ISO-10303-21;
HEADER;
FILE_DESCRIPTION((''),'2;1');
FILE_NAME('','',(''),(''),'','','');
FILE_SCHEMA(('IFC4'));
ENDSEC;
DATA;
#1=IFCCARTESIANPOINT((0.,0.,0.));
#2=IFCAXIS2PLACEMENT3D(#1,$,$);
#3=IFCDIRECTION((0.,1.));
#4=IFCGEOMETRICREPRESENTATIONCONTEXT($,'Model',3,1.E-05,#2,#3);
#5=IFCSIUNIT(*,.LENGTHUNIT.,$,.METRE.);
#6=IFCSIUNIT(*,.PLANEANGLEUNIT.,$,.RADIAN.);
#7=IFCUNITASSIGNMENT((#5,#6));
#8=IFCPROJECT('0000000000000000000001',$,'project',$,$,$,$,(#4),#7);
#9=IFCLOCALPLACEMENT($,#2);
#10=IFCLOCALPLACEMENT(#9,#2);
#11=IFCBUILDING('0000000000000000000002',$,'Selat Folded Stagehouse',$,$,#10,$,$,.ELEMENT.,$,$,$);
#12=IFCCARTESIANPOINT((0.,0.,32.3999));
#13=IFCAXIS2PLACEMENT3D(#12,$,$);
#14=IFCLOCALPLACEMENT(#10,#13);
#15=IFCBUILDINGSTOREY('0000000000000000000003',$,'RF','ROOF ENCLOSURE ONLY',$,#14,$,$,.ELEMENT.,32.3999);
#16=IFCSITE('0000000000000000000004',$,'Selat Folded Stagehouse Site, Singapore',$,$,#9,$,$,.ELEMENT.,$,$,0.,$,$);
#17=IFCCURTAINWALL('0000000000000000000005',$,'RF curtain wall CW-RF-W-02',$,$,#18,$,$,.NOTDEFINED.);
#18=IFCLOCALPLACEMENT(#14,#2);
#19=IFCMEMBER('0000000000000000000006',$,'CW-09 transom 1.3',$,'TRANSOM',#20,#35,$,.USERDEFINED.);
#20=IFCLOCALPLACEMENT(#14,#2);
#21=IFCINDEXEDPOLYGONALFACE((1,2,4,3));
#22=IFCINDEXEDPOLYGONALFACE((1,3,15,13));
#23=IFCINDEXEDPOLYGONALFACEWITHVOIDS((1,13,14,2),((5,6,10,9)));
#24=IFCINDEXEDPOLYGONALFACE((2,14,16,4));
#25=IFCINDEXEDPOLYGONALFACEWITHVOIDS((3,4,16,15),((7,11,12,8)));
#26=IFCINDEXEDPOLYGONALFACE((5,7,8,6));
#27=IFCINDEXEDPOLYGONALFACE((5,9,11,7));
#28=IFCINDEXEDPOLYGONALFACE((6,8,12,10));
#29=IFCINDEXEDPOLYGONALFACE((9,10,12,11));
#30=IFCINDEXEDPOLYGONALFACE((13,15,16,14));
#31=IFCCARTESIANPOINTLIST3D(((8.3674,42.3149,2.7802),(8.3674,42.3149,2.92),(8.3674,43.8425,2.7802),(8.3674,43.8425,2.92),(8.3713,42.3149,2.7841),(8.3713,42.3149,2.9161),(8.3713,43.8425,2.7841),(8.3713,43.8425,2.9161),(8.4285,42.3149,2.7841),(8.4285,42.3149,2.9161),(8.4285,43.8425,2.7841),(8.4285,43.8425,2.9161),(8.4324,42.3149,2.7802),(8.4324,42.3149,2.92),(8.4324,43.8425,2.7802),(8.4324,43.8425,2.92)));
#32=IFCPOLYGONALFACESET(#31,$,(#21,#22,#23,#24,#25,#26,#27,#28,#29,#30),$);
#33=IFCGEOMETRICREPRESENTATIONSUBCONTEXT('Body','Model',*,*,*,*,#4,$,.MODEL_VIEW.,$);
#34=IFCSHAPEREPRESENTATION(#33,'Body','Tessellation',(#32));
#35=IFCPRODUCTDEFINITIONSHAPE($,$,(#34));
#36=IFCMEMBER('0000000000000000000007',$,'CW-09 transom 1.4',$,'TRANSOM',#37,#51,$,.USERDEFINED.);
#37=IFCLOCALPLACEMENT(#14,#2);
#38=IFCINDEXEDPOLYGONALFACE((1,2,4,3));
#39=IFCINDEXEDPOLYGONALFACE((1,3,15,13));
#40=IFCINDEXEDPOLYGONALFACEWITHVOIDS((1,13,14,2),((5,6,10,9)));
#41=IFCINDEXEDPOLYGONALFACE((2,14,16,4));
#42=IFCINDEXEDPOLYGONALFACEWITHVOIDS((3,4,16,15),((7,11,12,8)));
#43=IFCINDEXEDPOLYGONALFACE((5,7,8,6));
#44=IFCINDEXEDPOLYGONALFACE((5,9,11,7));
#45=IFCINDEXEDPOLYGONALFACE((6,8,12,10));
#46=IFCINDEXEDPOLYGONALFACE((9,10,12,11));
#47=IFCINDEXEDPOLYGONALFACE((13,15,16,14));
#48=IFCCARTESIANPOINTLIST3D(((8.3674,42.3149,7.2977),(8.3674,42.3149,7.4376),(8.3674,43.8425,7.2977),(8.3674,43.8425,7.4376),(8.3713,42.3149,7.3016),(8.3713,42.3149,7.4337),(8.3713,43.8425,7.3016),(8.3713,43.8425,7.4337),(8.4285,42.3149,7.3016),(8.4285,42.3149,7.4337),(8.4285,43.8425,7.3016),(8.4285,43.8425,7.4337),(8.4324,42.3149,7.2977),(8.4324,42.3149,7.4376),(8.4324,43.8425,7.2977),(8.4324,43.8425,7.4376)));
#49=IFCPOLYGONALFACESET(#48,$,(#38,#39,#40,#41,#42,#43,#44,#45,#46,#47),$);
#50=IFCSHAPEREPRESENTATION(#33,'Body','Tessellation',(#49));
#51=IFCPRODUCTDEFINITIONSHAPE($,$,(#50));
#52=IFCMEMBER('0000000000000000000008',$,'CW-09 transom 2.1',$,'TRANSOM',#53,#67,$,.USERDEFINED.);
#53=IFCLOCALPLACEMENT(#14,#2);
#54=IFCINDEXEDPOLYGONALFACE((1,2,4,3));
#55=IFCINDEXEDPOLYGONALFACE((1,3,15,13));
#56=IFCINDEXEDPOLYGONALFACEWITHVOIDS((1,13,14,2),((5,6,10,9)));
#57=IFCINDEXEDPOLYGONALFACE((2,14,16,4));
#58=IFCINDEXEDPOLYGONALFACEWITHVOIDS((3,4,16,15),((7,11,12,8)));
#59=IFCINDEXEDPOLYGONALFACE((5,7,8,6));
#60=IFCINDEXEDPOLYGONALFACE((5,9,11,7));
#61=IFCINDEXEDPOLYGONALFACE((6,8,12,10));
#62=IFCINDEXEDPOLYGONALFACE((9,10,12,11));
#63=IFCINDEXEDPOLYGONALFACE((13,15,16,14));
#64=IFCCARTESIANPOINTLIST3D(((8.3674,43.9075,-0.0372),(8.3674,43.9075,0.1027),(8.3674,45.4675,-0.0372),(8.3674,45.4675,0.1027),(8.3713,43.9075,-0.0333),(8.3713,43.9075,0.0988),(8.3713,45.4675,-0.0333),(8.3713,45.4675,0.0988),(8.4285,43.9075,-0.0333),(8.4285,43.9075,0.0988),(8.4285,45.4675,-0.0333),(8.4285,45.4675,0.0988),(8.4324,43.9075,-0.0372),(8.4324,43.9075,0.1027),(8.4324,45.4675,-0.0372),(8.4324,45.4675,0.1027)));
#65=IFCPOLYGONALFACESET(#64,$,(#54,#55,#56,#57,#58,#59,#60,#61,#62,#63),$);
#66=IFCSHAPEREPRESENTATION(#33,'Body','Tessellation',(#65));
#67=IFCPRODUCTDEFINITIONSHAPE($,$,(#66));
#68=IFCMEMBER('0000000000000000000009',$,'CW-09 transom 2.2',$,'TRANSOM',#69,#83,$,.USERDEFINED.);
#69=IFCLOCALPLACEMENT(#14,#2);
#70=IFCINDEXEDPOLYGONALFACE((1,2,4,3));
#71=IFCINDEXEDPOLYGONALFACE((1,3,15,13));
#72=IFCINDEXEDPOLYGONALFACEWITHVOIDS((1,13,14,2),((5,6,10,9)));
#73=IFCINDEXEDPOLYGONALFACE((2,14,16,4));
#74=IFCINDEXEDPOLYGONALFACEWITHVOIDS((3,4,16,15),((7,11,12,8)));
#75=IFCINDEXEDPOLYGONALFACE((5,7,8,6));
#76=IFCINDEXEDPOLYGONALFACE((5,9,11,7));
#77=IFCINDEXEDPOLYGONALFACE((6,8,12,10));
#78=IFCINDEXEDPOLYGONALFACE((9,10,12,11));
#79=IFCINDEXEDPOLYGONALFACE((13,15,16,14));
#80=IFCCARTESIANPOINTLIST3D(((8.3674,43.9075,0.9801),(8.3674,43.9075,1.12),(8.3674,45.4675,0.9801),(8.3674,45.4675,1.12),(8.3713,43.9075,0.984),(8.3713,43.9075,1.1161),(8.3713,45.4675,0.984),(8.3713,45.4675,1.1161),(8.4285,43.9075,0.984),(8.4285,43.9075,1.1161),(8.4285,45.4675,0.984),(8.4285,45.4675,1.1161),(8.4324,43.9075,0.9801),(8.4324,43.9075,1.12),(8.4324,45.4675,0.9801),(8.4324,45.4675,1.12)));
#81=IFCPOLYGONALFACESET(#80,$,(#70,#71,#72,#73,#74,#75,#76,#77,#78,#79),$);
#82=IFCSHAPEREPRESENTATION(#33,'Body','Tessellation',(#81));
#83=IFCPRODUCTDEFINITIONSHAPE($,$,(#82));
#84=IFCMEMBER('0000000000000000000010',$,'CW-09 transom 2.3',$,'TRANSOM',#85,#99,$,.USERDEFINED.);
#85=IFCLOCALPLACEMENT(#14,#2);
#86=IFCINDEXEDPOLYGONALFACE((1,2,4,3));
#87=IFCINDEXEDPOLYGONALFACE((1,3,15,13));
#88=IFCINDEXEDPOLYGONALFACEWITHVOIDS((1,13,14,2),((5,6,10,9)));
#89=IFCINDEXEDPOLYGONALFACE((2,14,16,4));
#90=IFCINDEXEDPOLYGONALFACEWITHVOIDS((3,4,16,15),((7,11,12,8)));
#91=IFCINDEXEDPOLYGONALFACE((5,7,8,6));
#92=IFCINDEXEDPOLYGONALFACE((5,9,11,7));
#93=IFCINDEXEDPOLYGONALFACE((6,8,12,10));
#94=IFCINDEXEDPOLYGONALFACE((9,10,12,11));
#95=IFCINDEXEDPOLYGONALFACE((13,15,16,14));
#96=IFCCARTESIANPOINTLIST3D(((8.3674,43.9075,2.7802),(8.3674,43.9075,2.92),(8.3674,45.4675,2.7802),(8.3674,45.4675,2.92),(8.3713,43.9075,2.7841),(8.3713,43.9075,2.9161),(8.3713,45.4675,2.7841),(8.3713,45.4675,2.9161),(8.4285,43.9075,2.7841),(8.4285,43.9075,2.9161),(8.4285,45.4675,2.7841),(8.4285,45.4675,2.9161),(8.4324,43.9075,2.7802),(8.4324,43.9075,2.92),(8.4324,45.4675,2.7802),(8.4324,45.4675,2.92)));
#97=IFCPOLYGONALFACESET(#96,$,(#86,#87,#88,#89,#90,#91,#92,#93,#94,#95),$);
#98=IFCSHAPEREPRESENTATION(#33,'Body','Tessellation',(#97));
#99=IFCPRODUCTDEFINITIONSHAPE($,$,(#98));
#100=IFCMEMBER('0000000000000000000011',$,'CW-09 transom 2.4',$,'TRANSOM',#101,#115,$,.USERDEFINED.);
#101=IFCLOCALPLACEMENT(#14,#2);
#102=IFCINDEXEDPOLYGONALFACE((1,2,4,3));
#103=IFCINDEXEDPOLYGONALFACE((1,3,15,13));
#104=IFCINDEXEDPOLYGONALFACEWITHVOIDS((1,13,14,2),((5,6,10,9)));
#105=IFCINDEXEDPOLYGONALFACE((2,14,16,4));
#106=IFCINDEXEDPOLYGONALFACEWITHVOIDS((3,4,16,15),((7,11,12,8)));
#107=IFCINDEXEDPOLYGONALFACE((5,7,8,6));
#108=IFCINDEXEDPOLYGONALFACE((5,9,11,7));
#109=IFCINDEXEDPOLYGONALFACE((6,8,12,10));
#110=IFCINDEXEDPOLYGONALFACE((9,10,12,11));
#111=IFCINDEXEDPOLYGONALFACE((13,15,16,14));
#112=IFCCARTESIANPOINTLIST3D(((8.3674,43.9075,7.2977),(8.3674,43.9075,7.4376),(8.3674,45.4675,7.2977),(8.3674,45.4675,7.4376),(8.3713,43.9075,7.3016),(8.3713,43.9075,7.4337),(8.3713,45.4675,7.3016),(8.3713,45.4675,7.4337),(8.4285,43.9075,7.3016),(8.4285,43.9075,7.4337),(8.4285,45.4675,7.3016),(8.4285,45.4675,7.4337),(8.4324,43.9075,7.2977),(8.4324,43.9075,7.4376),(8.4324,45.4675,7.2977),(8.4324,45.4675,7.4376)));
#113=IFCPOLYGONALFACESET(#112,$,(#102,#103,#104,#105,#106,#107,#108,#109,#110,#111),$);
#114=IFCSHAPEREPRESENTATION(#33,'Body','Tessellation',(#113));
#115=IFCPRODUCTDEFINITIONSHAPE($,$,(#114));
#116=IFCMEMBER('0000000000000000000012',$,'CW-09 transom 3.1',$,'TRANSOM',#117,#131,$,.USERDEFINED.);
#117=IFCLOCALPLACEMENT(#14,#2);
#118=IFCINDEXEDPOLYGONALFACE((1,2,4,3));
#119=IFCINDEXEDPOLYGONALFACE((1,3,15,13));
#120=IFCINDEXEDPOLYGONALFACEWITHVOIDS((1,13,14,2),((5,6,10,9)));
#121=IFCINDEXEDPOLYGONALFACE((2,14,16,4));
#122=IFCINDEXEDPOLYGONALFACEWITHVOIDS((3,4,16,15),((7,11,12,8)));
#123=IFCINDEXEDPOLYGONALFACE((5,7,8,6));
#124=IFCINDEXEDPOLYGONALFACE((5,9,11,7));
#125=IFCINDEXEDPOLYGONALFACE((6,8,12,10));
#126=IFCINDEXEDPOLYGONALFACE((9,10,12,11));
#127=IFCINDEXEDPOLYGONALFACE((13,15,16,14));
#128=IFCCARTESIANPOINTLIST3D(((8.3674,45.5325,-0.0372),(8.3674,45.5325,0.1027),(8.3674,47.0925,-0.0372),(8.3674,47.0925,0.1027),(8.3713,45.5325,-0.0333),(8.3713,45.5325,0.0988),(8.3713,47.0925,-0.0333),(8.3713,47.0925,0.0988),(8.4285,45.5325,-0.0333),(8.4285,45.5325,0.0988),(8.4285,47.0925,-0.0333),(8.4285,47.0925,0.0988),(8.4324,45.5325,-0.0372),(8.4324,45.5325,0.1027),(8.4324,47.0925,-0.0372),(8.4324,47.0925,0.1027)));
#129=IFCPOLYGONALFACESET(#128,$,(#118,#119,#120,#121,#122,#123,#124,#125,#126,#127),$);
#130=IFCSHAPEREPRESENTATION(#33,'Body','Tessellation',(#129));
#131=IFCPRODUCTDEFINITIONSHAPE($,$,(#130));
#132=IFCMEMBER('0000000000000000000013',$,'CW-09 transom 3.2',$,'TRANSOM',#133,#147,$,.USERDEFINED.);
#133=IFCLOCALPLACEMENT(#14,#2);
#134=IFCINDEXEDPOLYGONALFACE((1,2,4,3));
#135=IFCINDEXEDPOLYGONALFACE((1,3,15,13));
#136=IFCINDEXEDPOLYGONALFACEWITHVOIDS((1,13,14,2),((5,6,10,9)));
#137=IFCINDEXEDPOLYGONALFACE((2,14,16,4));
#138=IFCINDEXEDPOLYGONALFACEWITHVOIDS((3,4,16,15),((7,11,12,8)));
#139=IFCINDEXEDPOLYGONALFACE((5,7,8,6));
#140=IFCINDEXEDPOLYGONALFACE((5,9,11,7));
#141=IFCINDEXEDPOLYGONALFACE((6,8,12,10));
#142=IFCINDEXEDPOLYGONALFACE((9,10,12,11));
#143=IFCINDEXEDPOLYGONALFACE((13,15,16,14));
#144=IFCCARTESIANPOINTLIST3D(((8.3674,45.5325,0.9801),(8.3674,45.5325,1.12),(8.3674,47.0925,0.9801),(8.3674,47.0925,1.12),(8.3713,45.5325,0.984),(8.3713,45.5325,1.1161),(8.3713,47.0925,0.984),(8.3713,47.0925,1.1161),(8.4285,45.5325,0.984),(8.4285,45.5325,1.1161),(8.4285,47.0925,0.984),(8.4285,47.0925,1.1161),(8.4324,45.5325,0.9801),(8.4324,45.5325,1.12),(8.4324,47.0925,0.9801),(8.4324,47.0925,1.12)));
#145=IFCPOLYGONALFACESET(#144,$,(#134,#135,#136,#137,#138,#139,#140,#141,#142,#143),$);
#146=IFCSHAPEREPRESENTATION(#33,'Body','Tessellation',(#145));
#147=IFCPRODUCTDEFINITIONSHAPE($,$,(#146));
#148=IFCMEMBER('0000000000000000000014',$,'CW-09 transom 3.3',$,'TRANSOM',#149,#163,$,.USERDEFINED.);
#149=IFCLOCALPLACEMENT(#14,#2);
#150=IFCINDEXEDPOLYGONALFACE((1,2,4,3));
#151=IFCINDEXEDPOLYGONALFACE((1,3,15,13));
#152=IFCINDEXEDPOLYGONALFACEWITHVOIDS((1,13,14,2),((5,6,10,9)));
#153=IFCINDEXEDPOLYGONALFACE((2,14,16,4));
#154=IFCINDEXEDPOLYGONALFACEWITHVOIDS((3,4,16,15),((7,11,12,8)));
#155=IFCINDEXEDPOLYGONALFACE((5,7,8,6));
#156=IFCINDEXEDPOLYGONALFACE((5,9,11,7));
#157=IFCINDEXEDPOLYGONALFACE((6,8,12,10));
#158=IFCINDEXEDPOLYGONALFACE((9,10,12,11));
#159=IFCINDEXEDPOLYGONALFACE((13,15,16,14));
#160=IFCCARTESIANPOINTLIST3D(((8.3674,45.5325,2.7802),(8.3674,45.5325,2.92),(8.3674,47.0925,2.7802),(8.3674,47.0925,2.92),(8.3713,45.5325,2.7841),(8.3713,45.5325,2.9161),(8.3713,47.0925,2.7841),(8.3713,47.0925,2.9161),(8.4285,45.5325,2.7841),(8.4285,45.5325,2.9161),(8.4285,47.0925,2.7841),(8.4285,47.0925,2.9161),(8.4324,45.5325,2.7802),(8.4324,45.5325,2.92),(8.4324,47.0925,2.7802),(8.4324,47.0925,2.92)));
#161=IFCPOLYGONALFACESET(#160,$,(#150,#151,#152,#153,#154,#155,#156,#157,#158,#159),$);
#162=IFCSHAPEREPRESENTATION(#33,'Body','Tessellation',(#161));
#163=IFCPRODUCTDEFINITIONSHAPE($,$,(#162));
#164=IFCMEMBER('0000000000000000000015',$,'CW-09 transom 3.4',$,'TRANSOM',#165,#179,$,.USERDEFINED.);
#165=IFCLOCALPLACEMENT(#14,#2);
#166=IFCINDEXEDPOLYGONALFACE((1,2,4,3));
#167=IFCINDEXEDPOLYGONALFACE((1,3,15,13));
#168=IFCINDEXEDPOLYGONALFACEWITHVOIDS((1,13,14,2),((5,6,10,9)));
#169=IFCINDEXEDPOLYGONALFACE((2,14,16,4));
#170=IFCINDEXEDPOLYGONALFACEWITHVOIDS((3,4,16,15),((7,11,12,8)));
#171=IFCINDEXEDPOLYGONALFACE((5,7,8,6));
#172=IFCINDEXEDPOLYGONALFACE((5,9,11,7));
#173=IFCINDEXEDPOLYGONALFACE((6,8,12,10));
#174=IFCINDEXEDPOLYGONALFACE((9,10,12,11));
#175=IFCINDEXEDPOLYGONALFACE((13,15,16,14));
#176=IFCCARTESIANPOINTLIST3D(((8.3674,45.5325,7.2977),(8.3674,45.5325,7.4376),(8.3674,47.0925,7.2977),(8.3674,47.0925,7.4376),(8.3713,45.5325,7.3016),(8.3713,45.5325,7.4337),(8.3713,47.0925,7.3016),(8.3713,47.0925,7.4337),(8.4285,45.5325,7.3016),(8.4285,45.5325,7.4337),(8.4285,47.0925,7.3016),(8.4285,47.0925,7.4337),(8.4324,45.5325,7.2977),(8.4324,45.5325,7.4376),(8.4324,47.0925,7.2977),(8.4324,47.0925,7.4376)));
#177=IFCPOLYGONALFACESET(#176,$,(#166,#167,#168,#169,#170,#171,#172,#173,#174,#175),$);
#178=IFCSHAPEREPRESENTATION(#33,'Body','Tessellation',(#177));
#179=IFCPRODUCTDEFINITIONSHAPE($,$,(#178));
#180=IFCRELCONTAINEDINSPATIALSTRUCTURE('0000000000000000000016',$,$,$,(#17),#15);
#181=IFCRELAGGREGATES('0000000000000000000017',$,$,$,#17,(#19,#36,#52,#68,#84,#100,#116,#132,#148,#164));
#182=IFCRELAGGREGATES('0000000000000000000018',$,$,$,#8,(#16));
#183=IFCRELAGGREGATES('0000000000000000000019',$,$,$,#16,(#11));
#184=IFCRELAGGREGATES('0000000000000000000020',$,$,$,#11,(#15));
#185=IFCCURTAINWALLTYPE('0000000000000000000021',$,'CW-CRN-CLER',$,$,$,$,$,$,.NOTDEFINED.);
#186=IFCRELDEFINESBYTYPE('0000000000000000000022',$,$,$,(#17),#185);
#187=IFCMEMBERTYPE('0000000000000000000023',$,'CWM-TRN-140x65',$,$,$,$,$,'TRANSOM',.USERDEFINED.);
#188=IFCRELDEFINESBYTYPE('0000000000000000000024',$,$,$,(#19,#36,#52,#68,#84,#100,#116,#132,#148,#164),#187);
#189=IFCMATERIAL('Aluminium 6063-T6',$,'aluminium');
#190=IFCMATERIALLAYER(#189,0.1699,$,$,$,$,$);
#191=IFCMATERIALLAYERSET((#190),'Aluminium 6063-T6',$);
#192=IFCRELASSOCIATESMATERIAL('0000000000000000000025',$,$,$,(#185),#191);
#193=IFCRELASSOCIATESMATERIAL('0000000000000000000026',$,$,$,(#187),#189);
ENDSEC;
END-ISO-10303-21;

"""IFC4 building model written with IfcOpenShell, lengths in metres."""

from ifc_helpers import new_model, si_unit, direction, frame, origin, origin_2d, place, context, subcontext, project, spatial, hollow_rectangle, extrude, material, layer, layer_set, material_profile, profile_set, type_object, element, aggregate, save


model = new_model("IFC4")

# Units and contexts
model_context = context("Model", 3, precision=1e-05, world=origin(), true_north=direction((0.0, 1.0)))
body_context = subcontext(model_context, "Body", "Model", "MODEL_VIEW")
ifc_project = project(units=[si_unit("LENGTHUNIT", "METRE"), si_unit("PLANEANGLEUNIT", "RADIAN")], contexts=[model_context])

# Site, building, storey
site_placement = place(None, origin())
site = spatial("IfcSite", under=ifc_project, at=site_placement, Name="Selat Folded Stagehouse Site, Singapore", CompositionType="ELEMENT", RefElevation=0.0)
building_placement = place(site_placement, origin())
building = spatial("IfcBuilding", under=site, at=building_placement, Name="Selat Folded Stagehouse", CompositionType="ELEMENT")
storey_placement = place(building_placement, frame((0.0, 0.0, 32.3999)))
storey = spatial("IfcBuildingStorey", under=building, at=storey_placement, Name="RF", Description="ROOF ENCLOSURE ONLY", CompositionType="ELEMENT", Elevation=32.3999)

# Curtain wall
ifc_material_1 = material(Name="Aluminium 6063-T6", Category="aluminium")
ifc_layer_1 = layer(ifc_material_1, 0.1699)
ifc_layer_set_1 = layer_set([ifc_layer_1], Name="Aluminium 6063-T6")
curtain_wall_type = type_object("IfcCurtainWallType", Name="CW-CRN-CLER", PredefinedType="NOTDEFINED", material=ifc_layer_set_1)
curtain_wall_1_placement = place(storey_placement, origin())
curtain_wall_1 = element("IfcCurtainWall", 1, at=curtain_wall_1_placement, inside=storey, type_object=curtain_wall_type, Name="RF curtain wall CW-RF-W-02", PredefinedType="NOTDEFINED")

# Members
ifc_material_profile_1 = material_profile(ifc_material_1, hollow_rectangle(XDim=0.0649, YDim=0.1399, WallThickness=0.0039, at=origin_2d()), Name="ALU 140x65x4.0")
ifc_profile_set_1 = profile_set([ifc_material_profile_1], Name="Aluminium 6063-T6")
member_type_1 = type_object("IfcMemberType", Name="CWM-TRN-140x65", ElementType="TRANSOM", PredefinedType="USERDEFINED", material=ifc_profile_set_1)
member_1_placement = place(storey_placement, frame((8.3999, 42.3149, 2.8501), z_axis=(0.0, 1.0, 0.0), x_axis=(-1.0, 0.0, 0.0)))
member_1 = element("IfcMember", 2, at=member_1_placement, type_object=member_type_1, Name="CW-09 transom 1.3", ObjectType="TRANSOM", PredefinedType="USERDEFINED", context=body_context, shape_type="SweptSolid", body=[
    extrude(hollow_rectangle(XDim=0.0649, YDim=0.1399, WallThickness=0.0039, at=origin_2d()), origin(), (0.0, 0.0, 1.0), 1.5276),
])
member_2_placement = place(storey_placement, frame((8.3999, 42.3149, 7.3677), z_axis=(0.0, 1.0, 0.0), x_axis=(-1.0, 0.0, 0.0)))
member_2 = element("IfcMember", 3, at=member_2_placement, type_object=member_type_1, Name="CW-09 transom 1.4", ObjectType="TRANSOM", PredefinedType="USERDEFINED", context=body_context, shape_type="SweptSolid", body=[
    extrude(hollow_rectangle(XDim=0.0649, YDim=0.1399, WallThickness=0.0039, at=origin_2d()), origin(), (0.0, 0.0, 1.0), 1.5276),
])
member_3_placement = place(storey_placement, frame((8.3999, 43.9075, 0.0327), z_axis=(0.0, 1.0, 0.0), x_axis=(-1.0, 0.0, 0.0)))
member_3 = element("IfcMember", 4, at=member_3_placement, type_object=member_type_1, Name="CW-09 transom 2.1", ObjectType="TRANSOM", PredefinedType="USERDEFINED", context=body_context, shape_type="SweptSolid", body=[
    extrude(hollow_rectangle(XDim=0.0649, YDim=0.1399, WallThickness=0.0039, at=origin_2d()), origin(), (0.0, 0.0, 1.0), 1.5601),
])
member_4_placement = place(storey_placement, frame((8.3999, 43.9075, 1.05), z_axis=(0.0, 1.0, 0.0), x_axis=(-1.0, 0.0, 0.0)))
member_4 = element("IfcMember", 5, at=member_4_placement, type_object=member_type_1, Name="CW-09 transom 2.2", ObjectType="TRANSOM", PredefinedType="USERDEFINED", context=body_context, shape_type="SweptSolid", body=[
    extrude(hollow_rectangle(XDim=0.0649, YDim=0.1399, WallThickness=0.0039, at=origin_2d()), origin(), (0.0, 0.0, 1.0), 1.5601),
])
member_5_placement = place(storey_placement, frame((8.3999, 43.9075, 2.8501), z_axis=(0.0, 1.0, 0.0), x_axis=(-1.0, 0.0, 0.0)))
member_5 = element("IfcMember", 6, at=member_5_placement, type_object=member_type_1, Name="CW-09 transom 2.3", ObjectType="TRANSOM", PredefinedType="USERDEFINED", context=body_context, shape_type="SweptSolid", body=[
    extrude(hollow_rectangle(XDim=0.0649, YDim=0.1399, WallThickness=0.0039, at=origin_2d()), origin(), (0.0, 0.0, 1.0), 1.5601),
])
member_6_placement = place(storey_placement, frame((8.3999, 43.9075, 7.3677), z_axis=(0.0, 1.0, 0.0), x_axis=(-1.0, 0.0, 0.0)))
member_6 = element("IfcMember", 7, at=member_6_placement, type_object=member_type_1, Name="CW-09 transom 2.4", ObjectType="TRANSOM", PredefinedType="USERDEFINED", context=body_context, shape_type="SweptSolid", body=[
    extrude(hollow_rectangle(XDim=0.0649, YDim=0.1399, WallThickness=0.0039, at=origin_2d()), origin(), (0.0, 0.0, 1.0), 1.5601),
])
member_7_placement = place(storey_placement, frame((8.3999, 45.5325, 0.0327), z_axis=(0.0, 1.0, 0.0), x_axis=(-1.0, 0.0, 0.0)))
member_7 = element("IfcMember", 8, at=member_7_placement, type_object=member_type_1, Name="CW-09 transom 3.1", ObjectType="TRANSOM", PredefinedType="USERDEFINED", context=body_context, shape_type="SweptSolid", body=[
    extrude(hollow_rectangle(XDim=0.0649, YDim=0.1399, WallThickness=0.0039, at=origin_2d()), origin(), (0.0, 0.0, 1.0), 1.5601),
])
member_8_placement = place(storey_placement, frame((8.3999, 45.5325, 1.05), z_axis=(0.0, 1.0, 0.0), x_axis=(-1.0, 0.0, 0.0)))
member_8 = element("IfcMember", 9, at=member_8_placement, type_object=member_type_1, Name="CW-09 transom 3.2", ObjectType="TRANSOM", PredefinedType="USERDEFINED", context=body_context, shape_type="SweptSolid", body=[
    extrude(hollow_rectangle(XDim=0.0649, YDim=0.1399, WallThickness=0.0039, at=origin_2d()), origin(), (0.0, 0.0, 1.0), 1.5601),
])
member_9_placement = place(storey_placement, frame((8.3999, 45.5325, 2.8501), z_axis=(0.0, 1.0, 0.0), x_axis=(-1.0, 0.0, 0.0)))
member_9 = element("IfcMember", 10, at=member_9_placement, type_object=member_type_1, Name="CW-09 transom 3.3", ObjectType="TRANSOM", PredefinedType="USERDEFINED", context=body_context, shape_type="SweptSolid", body=[
    extrude(hollow_rectangle(XDim=0.0649, YDim=0.1399, WallThickness=0.0039, at=origin_2d()), origin(), (0.0, 0.0, 1.0), 1.5601),
])
member_10_placement = place(storey_placement, frame((8.3999, 45.5325, 7.3677), z_axis=(0.0, 1.0, 0.0), x_axis=(-1.0, 0.0, 0.0)))
member_10 = element("IfcMember", 11, at=member_10_placement, type_object=member_type_1, Name="CW-09 transom 3.4", ObjectType="TRANSOM", PredefinedType="USERDEFINED", context=body_context, shape_type="SweptSolid", body=[
    extrude(hollow_rectangle(XDim=0.0649, YDim=0.1399, WallThickness=0.0039, at=origin_2d()), origin(), (0.0, 0.0, 1.0), 1.5601),
])

aggregate(curtain_wall_1, [member_1, member_2, member_3, member_4, member_5, member_6, member_7, member_8, member_9, member_10])

save(model, "model.ifc")
